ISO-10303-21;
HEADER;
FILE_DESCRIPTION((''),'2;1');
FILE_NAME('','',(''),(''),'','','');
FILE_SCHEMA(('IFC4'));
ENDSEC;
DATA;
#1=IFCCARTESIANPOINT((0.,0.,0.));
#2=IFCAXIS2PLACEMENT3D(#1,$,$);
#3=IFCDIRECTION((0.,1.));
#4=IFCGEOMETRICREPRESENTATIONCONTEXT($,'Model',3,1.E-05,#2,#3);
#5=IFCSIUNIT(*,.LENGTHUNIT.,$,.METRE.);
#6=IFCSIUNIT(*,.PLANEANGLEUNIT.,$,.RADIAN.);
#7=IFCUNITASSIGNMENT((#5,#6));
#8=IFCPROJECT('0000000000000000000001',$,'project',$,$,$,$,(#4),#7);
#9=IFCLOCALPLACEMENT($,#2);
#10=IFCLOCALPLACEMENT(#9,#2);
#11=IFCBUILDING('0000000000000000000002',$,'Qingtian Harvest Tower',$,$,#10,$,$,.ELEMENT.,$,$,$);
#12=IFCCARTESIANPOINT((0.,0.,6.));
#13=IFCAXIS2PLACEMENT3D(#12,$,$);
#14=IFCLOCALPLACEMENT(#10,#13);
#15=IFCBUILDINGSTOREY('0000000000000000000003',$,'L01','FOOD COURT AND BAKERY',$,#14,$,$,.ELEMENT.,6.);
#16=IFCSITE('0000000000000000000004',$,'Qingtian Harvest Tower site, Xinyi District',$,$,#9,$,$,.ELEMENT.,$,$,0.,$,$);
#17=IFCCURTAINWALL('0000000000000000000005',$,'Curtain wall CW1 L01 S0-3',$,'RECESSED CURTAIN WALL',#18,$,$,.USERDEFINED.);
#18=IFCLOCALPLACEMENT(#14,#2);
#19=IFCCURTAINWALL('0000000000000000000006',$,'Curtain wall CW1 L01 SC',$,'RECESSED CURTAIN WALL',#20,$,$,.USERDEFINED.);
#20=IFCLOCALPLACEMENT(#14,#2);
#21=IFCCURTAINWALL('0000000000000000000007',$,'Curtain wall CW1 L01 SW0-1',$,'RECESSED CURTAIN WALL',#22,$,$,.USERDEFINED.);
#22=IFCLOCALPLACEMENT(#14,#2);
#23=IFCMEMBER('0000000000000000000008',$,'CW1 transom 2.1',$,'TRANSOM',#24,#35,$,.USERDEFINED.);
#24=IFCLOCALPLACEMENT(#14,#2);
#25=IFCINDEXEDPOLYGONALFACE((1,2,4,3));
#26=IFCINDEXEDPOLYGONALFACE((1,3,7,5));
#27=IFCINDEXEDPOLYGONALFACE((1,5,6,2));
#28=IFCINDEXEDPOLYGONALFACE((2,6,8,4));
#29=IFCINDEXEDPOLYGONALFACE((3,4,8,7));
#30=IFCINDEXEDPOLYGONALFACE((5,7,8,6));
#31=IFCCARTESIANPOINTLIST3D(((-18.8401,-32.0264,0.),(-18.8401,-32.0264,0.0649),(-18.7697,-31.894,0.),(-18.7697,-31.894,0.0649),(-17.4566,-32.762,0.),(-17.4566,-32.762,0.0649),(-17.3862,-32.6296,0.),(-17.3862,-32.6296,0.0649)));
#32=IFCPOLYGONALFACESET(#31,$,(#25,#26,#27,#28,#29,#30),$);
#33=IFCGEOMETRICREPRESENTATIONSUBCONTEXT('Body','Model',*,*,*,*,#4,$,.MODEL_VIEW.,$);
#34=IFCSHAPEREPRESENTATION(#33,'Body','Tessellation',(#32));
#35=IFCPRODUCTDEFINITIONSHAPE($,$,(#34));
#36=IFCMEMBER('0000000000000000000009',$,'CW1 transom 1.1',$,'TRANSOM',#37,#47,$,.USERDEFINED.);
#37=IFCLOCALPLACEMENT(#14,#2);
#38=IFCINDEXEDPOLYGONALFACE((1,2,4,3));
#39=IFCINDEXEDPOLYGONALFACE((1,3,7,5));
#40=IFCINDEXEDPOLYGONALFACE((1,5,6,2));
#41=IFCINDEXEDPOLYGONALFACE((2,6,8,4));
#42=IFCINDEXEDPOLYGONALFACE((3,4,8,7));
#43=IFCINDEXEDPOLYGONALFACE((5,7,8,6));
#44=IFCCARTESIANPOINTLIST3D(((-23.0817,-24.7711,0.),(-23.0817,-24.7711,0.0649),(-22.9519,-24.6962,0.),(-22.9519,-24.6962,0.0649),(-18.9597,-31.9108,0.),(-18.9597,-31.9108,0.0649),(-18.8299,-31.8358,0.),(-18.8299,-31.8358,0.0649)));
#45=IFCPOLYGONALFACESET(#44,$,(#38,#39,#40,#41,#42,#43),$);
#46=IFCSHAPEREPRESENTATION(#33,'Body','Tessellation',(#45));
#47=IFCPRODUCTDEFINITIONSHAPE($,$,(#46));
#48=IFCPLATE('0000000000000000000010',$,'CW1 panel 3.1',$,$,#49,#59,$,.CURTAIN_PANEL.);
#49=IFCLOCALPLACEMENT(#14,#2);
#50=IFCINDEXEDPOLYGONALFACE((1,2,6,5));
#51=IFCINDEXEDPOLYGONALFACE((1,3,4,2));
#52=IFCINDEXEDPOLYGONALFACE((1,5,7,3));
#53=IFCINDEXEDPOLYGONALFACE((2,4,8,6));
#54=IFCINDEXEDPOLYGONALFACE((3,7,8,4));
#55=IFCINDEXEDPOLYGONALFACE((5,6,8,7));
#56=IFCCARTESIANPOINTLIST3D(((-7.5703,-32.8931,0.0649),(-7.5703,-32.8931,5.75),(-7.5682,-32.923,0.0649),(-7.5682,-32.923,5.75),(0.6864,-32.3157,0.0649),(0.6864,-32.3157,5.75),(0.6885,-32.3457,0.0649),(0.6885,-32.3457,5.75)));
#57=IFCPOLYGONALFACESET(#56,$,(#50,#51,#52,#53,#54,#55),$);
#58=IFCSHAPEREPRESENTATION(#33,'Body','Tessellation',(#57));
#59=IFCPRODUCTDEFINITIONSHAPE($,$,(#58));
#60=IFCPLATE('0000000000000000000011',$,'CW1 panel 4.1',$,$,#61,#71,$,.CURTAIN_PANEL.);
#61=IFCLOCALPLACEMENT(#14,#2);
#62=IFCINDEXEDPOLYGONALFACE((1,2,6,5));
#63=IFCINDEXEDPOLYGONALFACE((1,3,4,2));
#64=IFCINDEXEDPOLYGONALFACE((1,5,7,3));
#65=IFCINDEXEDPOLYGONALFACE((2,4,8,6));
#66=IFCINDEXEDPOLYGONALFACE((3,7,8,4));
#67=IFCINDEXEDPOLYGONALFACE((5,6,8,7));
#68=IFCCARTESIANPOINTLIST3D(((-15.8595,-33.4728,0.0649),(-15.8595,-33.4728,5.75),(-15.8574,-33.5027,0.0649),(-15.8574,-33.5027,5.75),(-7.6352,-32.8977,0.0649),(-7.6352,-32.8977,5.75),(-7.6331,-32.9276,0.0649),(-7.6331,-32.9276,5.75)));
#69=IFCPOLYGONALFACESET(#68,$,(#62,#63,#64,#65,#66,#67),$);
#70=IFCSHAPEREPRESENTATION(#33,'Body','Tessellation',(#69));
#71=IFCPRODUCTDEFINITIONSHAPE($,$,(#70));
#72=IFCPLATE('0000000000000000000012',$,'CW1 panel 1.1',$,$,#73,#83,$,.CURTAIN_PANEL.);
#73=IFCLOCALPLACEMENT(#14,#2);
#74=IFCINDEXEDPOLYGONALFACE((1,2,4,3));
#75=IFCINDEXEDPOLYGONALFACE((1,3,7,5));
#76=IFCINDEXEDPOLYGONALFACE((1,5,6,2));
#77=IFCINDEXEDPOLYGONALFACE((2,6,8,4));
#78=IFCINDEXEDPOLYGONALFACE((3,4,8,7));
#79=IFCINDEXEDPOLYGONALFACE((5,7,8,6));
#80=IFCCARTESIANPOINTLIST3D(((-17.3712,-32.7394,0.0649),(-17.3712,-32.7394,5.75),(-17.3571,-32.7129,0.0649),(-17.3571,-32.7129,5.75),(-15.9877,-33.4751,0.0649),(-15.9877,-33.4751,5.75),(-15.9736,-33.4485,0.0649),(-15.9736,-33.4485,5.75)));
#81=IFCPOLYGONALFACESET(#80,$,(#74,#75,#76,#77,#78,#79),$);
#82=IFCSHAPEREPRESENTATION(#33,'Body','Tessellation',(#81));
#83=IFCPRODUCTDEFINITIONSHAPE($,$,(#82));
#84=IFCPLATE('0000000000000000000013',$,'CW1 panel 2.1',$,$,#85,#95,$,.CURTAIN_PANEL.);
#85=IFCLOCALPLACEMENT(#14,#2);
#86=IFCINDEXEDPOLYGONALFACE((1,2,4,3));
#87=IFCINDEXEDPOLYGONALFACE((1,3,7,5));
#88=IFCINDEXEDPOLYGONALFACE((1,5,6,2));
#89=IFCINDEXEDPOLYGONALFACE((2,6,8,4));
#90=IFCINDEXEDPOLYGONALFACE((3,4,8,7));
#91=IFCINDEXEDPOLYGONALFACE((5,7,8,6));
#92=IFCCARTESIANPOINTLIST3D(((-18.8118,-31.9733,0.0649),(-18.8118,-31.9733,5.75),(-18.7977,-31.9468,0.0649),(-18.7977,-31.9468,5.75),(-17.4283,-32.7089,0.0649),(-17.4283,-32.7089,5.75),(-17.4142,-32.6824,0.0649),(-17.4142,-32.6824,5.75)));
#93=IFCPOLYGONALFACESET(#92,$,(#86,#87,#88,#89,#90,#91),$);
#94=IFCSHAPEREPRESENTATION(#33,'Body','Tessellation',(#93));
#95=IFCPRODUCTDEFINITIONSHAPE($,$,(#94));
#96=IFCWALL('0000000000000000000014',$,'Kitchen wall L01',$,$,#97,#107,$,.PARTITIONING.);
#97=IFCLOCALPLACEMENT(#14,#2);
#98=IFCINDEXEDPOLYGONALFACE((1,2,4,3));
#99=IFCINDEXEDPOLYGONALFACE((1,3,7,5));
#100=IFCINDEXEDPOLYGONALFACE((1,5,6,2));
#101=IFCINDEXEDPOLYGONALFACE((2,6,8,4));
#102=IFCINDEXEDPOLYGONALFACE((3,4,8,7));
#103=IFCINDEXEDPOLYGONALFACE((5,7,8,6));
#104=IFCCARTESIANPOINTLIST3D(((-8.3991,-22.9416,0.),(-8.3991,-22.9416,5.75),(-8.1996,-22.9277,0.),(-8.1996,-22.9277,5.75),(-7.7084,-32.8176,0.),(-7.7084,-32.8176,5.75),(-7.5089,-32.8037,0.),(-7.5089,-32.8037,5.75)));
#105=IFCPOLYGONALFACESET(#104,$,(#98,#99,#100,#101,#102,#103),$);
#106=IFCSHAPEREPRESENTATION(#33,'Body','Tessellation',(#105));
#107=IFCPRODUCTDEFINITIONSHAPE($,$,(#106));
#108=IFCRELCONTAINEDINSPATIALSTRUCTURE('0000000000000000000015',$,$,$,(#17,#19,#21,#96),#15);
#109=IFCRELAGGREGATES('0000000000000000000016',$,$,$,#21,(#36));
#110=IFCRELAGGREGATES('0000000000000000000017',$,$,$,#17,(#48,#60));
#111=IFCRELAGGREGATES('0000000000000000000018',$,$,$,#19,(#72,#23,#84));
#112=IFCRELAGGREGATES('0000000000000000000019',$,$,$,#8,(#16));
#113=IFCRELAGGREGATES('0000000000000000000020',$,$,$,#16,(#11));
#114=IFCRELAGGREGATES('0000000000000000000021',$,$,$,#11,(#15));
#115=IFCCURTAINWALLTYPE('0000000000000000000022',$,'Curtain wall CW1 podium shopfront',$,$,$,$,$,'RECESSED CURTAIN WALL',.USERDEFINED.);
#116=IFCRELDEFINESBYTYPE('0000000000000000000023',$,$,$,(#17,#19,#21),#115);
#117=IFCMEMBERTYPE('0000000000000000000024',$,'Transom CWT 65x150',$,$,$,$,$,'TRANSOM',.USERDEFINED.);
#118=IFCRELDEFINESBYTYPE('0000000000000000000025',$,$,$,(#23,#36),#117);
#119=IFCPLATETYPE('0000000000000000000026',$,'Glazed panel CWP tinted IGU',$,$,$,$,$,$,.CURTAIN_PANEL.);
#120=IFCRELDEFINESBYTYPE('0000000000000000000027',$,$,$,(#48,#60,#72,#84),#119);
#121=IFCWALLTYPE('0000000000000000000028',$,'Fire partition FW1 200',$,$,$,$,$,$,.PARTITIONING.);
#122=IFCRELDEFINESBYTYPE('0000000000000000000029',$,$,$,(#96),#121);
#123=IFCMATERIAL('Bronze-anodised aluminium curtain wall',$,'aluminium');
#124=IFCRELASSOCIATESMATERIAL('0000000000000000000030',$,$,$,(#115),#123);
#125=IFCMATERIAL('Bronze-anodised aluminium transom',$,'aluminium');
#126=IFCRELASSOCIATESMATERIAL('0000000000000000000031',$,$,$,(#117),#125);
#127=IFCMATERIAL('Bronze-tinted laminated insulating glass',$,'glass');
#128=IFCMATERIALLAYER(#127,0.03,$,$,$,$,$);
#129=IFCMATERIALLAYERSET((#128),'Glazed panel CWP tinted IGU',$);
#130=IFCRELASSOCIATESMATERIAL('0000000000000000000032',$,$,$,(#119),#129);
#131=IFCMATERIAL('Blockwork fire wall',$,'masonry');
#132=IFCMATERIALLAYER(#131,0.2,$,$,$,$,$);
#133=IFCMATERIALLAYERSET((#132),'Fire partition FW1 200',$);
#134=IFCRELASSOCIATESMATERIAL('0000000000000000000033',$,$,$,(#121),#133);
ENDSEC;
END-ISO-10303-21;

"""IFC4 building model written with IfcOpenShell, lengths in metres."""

from ifc_helpers import new_model, si_unit, direction, frame, frame_2d, origin, origin_2d, place, context, subcontext, project, spatial, rectangle, extrude, material, layer, layer_set, material_profile, profile_set, type_object, element, aggregate, save


model = new_model("IFC4")

# Units and contexts
model_context = context("Model", 3, precision=1e-05, world=origin(), true_north=direction((0.0, 1.0)))
body_context = subcontext(model_context, "Body", "Model", "MODEL_VIEW")
ifc_project = project(units=[si_unit("LENGTHUNIT", "METRE"), si_unit("PLANEANGLEUNIT", "RADIAN")], contexts=[model_context])

# Site, building, storey
site_placement = place(None, origin())
site = spatial("IfcSite", under=ifc_project, at=site_placement, Name="Qingtian Harvest Tower site, Xinyi District", CompositionType="ELEMENT", RefElevation=0.0)
building_placement = place(site_placement, origin())
building = spatial("IfcBuilding", under=site, at=building_placement, Name="Qingtian Harvest Tower", CompositionType="ELEMENT")
storey_placement = place(building_placement, frame((0.0, 0.0, 6.0)))
storey = spatial("IfcBuildingStorey", under=building, at=storey_placement, Name="L01", Description="FOOD COURT AND BAKERY", CompositionType="ELEMENT", Elevation=6.0)

# Curtain walls
ifc_material_1 = material(Name="Bronze-anodised aluminium curtain wall", Category="aluminium")
curtain_wall_type = type_object("IfcCurtainWallType", Name="Curtain wall CW1 podium shopfront", ElementType="RECESSED CURTAIN WALL", PredefinedType="USERDEFINED", material=ifc_material_1)
curtain_wall_1_placement = place(storey_placement, origin())
curtain_wall_1 = element("IfcCurtainWall", 1, at=curtain_wall_1_placement, inside=storey, type_object=curtain_wall_type, Name="Curtain wall CW1 L01 S0-3", ObjectType="RECESSED CURTAIN WALL", PredefinedType="USERDEFINED")
curtain_wall_2_placement = place(storey_placement, origin())
curtain_wall_2 = element("IfcCurtainWall", 2, at=curtain_wall_2_placement, inside=storey, type_object=curtain_wall_type, Name="Curtain wall CW1 L01 SC", ObjectType="RECESSED CURTAIN WALL", PredefinedType="USERDEFINED")

# Curtain wall
curtain_wall_3_placement = place(storey_placement, origin())
curtain_wall_3 = element("IfcCurtainWall", 3, at=curtain_wall_3_placement, inside=storey, type_object=curtain_wall_type, Name="Curtain wall CW1 L01 SW0-1", ObjectType="RECESSED CURTAIN WALL", PredefinedType="USERDEFINED")

# Members
ifc_material_2 = material(Name="Bronze-anodised aluminium transom", Category="aluminium")
ifc_material_profile_1 = material_profile(ifc_material_2, rectangle(XDim=0.1499, YDim=0.0649, at=origin_2d()), Name="AL 65x150")
ifc_profile_set_1 = profile_set([ifc_material_profile_1], Name="Bronze-anodised aluminium transom")
member_type_1 = type_object("IfcMemberType", Name="Transom CWT 65x150", ElementType="TRANSOM", PredefinedType="USERDEFINED", material=ifc_profile_set_1)
member_1_placement = place(storey_placement, frame((-17.4214, -32.6958, 0.0325), z_axis=(-0.88296, 0.469448, 0.0), x_axis=(-0.469448, -0.88296, 0.0)))
member_1 = element("IfcMember", 4, at=member_1_placement, type_object=member_type_1, Name="CW1 transom 2.1", ObjectType="TRANSOM", PredefinedType="USERDEFINED", context=body_context, shape_type="SweptSolid", body=[
    extrude(rectangle(XDim=0.1499, YDim=0.0649, at=origin_2d()), origin(), (0.0, 0.0, 1.0), 1.5669),
])
member_2_placement = place(storey_placement, frame((-18.8948, -31.8733, 0.0325), z_axis=(-0.499999, 0.866026, 0.0), x_axis=(-0.866026, -0.499999, 0.0)))
member_2 = element("IfcMember", 5, at=member_2_placement, type_object=member_type_1, Name="CW1 transom 1.1", ObjectType="TRANSOM", PredefinedType="USERDEFINED", context=body_context, shape_type="SweptSolid", body=[
    extrude(rectangle(XDim=0.1499, YDim=0.0649, at=origin_2d()), origin(), (0.0, 0.0, 1.0), 8.2441),
])
aggregate(curtain_wall_3, [member_2])

# Plates
ifc_material_3 = material(Name="Bronze-tinted laminated insulating glass", Category="glass")
ifc_layer_1 = layer(ifc_material_3, 0.03)
ifc_layer_set_1 = layer_set([ifc_layer_1], Name="Glazed panel CWP tinted IGU")
plate_type = type_object("IfcPlateType", Name="Glazed panel CWP tinted IGU", PredefinedType="CURTAIN_PANEL", material=ifc_layer_set_1)
plate_1_placement = place(storey_placement, frame((-3.4409, -32.6194, 0.0649), z_axis=(0.0, 0.0, 1.0), x_axis=(-0.997564, -0.069756, 0.0)))
plate_1 = element("IfcPlate", 6, at=plate_1_placement, type_object=plate_type, Name="CW1 panel 3.1", PredefinedType="CURTAIN_PANEL", context=body_context, shape_type="SweptSolid", body=[
    extrude(rectangle(XDim=8.2769, YDim=0.03, at=origin_2d()), origin(), (0.0, 0.0, 1.0), 5.6851),
])
plate_2_placement = place(storey_placement, frame((-11.7463, -33.2002, 0.0649), z_axis=(0.0, 0.0, 1.0), x_axis=(-0.997564, -0.069756, 0.0)))
plate_2 = element("IfcPlate", 7, at=plate_2_placement, type_object=plate_type, Name="CW1 panel 4.1", PredefinedType="CURTAIN_PANEL", context=body_context, shape_type="SweptSolid", body=[
    extrude(rectangle(XDim=8.2444, YDim=0.03, at=origin_2d()), origin(), (0.0, 0.0, 1.0), 5.6851),
])
aggregate(curtain_wall_1, [plate_1, plate_2])
plate_3_placement = place(storey_placement, frame((-16.6724, -33.094, 0.0649), z_axis=(0.0, 0.0, 1.0), x_axis=(-0.882948, 0.469472, 0.0)))
plate_3 = element("IfcPlate", 8, at=plate_3_placement, type_object=plate_type, Name="CW1 panel 1.1", PredefinedType="CURTAIN_PANEL", context=body_context, shape_type="SweptSolid", body=[
    extrude(rectangle(XDim=1.5669, YDim=0.03, at=origin_2d()), origin(), (0.0, 0.0, 1.0), 5.6851),
])
plate_4_placement = place(storey_placement, frame((-18.113, -32.3279, 0.0649), z_axis=(0.0, 0.0, 1.0), x_axis=(-0.882948, 0.469472, 0.0)))
plate_4 = element("IfcPlate", 9, at=plate_4_placement, type_object=plate_type, Name="CW1 panel 2.1", PredefinedType="CURTAIN_PANEL", context=body_context, shape_type="SweptSolid", body=[
    extrude(rectangle(XDim=1.5669, YDim=0.03, at=origin_2d()), origin(), (0.0, 0.0, 1.0), 5.6851),
])
aggregate(curtain_wall_2, [plate_3, member_1, plate_4])

# Wall
ifc_material_4 = material(Name="Blockwork fire wall", Category="masonry")
ifc_layer_2 = layer(ifc_material_4, 0.2)
ifc_layer_set_2 = layer_set([ifc_layer_2], Name="Fire partition FW1 200")
wall_type = type_object("IfcWallType", Name="Fire partition FW1 200", PredefinedType="PARTITIONING", material=ifc_layer_set_2)
wall_placement = place(storey_placement, frame((-7.6086, -32.8108, 0.0), z_axis=(0.0, 0.0, 1.0), x_axis=(-0.069764, 0.997564, 0.0)))
element("IfcWall", 10, at=wall_placement, inside=storey, type_object=wall_type, Name="Kitchen wall L01", PredefinedType="PARTITIONING", context=body_context, shape_type="SweptSolid", body=[
    extrude(rectangle(XDim=9.9001, YDim=0.2, at=frame_2d((4.9502, 0.0))), origin(), (0.0, 0.0, 1.0), 5.75),
])

save(model, "model.ifc")
